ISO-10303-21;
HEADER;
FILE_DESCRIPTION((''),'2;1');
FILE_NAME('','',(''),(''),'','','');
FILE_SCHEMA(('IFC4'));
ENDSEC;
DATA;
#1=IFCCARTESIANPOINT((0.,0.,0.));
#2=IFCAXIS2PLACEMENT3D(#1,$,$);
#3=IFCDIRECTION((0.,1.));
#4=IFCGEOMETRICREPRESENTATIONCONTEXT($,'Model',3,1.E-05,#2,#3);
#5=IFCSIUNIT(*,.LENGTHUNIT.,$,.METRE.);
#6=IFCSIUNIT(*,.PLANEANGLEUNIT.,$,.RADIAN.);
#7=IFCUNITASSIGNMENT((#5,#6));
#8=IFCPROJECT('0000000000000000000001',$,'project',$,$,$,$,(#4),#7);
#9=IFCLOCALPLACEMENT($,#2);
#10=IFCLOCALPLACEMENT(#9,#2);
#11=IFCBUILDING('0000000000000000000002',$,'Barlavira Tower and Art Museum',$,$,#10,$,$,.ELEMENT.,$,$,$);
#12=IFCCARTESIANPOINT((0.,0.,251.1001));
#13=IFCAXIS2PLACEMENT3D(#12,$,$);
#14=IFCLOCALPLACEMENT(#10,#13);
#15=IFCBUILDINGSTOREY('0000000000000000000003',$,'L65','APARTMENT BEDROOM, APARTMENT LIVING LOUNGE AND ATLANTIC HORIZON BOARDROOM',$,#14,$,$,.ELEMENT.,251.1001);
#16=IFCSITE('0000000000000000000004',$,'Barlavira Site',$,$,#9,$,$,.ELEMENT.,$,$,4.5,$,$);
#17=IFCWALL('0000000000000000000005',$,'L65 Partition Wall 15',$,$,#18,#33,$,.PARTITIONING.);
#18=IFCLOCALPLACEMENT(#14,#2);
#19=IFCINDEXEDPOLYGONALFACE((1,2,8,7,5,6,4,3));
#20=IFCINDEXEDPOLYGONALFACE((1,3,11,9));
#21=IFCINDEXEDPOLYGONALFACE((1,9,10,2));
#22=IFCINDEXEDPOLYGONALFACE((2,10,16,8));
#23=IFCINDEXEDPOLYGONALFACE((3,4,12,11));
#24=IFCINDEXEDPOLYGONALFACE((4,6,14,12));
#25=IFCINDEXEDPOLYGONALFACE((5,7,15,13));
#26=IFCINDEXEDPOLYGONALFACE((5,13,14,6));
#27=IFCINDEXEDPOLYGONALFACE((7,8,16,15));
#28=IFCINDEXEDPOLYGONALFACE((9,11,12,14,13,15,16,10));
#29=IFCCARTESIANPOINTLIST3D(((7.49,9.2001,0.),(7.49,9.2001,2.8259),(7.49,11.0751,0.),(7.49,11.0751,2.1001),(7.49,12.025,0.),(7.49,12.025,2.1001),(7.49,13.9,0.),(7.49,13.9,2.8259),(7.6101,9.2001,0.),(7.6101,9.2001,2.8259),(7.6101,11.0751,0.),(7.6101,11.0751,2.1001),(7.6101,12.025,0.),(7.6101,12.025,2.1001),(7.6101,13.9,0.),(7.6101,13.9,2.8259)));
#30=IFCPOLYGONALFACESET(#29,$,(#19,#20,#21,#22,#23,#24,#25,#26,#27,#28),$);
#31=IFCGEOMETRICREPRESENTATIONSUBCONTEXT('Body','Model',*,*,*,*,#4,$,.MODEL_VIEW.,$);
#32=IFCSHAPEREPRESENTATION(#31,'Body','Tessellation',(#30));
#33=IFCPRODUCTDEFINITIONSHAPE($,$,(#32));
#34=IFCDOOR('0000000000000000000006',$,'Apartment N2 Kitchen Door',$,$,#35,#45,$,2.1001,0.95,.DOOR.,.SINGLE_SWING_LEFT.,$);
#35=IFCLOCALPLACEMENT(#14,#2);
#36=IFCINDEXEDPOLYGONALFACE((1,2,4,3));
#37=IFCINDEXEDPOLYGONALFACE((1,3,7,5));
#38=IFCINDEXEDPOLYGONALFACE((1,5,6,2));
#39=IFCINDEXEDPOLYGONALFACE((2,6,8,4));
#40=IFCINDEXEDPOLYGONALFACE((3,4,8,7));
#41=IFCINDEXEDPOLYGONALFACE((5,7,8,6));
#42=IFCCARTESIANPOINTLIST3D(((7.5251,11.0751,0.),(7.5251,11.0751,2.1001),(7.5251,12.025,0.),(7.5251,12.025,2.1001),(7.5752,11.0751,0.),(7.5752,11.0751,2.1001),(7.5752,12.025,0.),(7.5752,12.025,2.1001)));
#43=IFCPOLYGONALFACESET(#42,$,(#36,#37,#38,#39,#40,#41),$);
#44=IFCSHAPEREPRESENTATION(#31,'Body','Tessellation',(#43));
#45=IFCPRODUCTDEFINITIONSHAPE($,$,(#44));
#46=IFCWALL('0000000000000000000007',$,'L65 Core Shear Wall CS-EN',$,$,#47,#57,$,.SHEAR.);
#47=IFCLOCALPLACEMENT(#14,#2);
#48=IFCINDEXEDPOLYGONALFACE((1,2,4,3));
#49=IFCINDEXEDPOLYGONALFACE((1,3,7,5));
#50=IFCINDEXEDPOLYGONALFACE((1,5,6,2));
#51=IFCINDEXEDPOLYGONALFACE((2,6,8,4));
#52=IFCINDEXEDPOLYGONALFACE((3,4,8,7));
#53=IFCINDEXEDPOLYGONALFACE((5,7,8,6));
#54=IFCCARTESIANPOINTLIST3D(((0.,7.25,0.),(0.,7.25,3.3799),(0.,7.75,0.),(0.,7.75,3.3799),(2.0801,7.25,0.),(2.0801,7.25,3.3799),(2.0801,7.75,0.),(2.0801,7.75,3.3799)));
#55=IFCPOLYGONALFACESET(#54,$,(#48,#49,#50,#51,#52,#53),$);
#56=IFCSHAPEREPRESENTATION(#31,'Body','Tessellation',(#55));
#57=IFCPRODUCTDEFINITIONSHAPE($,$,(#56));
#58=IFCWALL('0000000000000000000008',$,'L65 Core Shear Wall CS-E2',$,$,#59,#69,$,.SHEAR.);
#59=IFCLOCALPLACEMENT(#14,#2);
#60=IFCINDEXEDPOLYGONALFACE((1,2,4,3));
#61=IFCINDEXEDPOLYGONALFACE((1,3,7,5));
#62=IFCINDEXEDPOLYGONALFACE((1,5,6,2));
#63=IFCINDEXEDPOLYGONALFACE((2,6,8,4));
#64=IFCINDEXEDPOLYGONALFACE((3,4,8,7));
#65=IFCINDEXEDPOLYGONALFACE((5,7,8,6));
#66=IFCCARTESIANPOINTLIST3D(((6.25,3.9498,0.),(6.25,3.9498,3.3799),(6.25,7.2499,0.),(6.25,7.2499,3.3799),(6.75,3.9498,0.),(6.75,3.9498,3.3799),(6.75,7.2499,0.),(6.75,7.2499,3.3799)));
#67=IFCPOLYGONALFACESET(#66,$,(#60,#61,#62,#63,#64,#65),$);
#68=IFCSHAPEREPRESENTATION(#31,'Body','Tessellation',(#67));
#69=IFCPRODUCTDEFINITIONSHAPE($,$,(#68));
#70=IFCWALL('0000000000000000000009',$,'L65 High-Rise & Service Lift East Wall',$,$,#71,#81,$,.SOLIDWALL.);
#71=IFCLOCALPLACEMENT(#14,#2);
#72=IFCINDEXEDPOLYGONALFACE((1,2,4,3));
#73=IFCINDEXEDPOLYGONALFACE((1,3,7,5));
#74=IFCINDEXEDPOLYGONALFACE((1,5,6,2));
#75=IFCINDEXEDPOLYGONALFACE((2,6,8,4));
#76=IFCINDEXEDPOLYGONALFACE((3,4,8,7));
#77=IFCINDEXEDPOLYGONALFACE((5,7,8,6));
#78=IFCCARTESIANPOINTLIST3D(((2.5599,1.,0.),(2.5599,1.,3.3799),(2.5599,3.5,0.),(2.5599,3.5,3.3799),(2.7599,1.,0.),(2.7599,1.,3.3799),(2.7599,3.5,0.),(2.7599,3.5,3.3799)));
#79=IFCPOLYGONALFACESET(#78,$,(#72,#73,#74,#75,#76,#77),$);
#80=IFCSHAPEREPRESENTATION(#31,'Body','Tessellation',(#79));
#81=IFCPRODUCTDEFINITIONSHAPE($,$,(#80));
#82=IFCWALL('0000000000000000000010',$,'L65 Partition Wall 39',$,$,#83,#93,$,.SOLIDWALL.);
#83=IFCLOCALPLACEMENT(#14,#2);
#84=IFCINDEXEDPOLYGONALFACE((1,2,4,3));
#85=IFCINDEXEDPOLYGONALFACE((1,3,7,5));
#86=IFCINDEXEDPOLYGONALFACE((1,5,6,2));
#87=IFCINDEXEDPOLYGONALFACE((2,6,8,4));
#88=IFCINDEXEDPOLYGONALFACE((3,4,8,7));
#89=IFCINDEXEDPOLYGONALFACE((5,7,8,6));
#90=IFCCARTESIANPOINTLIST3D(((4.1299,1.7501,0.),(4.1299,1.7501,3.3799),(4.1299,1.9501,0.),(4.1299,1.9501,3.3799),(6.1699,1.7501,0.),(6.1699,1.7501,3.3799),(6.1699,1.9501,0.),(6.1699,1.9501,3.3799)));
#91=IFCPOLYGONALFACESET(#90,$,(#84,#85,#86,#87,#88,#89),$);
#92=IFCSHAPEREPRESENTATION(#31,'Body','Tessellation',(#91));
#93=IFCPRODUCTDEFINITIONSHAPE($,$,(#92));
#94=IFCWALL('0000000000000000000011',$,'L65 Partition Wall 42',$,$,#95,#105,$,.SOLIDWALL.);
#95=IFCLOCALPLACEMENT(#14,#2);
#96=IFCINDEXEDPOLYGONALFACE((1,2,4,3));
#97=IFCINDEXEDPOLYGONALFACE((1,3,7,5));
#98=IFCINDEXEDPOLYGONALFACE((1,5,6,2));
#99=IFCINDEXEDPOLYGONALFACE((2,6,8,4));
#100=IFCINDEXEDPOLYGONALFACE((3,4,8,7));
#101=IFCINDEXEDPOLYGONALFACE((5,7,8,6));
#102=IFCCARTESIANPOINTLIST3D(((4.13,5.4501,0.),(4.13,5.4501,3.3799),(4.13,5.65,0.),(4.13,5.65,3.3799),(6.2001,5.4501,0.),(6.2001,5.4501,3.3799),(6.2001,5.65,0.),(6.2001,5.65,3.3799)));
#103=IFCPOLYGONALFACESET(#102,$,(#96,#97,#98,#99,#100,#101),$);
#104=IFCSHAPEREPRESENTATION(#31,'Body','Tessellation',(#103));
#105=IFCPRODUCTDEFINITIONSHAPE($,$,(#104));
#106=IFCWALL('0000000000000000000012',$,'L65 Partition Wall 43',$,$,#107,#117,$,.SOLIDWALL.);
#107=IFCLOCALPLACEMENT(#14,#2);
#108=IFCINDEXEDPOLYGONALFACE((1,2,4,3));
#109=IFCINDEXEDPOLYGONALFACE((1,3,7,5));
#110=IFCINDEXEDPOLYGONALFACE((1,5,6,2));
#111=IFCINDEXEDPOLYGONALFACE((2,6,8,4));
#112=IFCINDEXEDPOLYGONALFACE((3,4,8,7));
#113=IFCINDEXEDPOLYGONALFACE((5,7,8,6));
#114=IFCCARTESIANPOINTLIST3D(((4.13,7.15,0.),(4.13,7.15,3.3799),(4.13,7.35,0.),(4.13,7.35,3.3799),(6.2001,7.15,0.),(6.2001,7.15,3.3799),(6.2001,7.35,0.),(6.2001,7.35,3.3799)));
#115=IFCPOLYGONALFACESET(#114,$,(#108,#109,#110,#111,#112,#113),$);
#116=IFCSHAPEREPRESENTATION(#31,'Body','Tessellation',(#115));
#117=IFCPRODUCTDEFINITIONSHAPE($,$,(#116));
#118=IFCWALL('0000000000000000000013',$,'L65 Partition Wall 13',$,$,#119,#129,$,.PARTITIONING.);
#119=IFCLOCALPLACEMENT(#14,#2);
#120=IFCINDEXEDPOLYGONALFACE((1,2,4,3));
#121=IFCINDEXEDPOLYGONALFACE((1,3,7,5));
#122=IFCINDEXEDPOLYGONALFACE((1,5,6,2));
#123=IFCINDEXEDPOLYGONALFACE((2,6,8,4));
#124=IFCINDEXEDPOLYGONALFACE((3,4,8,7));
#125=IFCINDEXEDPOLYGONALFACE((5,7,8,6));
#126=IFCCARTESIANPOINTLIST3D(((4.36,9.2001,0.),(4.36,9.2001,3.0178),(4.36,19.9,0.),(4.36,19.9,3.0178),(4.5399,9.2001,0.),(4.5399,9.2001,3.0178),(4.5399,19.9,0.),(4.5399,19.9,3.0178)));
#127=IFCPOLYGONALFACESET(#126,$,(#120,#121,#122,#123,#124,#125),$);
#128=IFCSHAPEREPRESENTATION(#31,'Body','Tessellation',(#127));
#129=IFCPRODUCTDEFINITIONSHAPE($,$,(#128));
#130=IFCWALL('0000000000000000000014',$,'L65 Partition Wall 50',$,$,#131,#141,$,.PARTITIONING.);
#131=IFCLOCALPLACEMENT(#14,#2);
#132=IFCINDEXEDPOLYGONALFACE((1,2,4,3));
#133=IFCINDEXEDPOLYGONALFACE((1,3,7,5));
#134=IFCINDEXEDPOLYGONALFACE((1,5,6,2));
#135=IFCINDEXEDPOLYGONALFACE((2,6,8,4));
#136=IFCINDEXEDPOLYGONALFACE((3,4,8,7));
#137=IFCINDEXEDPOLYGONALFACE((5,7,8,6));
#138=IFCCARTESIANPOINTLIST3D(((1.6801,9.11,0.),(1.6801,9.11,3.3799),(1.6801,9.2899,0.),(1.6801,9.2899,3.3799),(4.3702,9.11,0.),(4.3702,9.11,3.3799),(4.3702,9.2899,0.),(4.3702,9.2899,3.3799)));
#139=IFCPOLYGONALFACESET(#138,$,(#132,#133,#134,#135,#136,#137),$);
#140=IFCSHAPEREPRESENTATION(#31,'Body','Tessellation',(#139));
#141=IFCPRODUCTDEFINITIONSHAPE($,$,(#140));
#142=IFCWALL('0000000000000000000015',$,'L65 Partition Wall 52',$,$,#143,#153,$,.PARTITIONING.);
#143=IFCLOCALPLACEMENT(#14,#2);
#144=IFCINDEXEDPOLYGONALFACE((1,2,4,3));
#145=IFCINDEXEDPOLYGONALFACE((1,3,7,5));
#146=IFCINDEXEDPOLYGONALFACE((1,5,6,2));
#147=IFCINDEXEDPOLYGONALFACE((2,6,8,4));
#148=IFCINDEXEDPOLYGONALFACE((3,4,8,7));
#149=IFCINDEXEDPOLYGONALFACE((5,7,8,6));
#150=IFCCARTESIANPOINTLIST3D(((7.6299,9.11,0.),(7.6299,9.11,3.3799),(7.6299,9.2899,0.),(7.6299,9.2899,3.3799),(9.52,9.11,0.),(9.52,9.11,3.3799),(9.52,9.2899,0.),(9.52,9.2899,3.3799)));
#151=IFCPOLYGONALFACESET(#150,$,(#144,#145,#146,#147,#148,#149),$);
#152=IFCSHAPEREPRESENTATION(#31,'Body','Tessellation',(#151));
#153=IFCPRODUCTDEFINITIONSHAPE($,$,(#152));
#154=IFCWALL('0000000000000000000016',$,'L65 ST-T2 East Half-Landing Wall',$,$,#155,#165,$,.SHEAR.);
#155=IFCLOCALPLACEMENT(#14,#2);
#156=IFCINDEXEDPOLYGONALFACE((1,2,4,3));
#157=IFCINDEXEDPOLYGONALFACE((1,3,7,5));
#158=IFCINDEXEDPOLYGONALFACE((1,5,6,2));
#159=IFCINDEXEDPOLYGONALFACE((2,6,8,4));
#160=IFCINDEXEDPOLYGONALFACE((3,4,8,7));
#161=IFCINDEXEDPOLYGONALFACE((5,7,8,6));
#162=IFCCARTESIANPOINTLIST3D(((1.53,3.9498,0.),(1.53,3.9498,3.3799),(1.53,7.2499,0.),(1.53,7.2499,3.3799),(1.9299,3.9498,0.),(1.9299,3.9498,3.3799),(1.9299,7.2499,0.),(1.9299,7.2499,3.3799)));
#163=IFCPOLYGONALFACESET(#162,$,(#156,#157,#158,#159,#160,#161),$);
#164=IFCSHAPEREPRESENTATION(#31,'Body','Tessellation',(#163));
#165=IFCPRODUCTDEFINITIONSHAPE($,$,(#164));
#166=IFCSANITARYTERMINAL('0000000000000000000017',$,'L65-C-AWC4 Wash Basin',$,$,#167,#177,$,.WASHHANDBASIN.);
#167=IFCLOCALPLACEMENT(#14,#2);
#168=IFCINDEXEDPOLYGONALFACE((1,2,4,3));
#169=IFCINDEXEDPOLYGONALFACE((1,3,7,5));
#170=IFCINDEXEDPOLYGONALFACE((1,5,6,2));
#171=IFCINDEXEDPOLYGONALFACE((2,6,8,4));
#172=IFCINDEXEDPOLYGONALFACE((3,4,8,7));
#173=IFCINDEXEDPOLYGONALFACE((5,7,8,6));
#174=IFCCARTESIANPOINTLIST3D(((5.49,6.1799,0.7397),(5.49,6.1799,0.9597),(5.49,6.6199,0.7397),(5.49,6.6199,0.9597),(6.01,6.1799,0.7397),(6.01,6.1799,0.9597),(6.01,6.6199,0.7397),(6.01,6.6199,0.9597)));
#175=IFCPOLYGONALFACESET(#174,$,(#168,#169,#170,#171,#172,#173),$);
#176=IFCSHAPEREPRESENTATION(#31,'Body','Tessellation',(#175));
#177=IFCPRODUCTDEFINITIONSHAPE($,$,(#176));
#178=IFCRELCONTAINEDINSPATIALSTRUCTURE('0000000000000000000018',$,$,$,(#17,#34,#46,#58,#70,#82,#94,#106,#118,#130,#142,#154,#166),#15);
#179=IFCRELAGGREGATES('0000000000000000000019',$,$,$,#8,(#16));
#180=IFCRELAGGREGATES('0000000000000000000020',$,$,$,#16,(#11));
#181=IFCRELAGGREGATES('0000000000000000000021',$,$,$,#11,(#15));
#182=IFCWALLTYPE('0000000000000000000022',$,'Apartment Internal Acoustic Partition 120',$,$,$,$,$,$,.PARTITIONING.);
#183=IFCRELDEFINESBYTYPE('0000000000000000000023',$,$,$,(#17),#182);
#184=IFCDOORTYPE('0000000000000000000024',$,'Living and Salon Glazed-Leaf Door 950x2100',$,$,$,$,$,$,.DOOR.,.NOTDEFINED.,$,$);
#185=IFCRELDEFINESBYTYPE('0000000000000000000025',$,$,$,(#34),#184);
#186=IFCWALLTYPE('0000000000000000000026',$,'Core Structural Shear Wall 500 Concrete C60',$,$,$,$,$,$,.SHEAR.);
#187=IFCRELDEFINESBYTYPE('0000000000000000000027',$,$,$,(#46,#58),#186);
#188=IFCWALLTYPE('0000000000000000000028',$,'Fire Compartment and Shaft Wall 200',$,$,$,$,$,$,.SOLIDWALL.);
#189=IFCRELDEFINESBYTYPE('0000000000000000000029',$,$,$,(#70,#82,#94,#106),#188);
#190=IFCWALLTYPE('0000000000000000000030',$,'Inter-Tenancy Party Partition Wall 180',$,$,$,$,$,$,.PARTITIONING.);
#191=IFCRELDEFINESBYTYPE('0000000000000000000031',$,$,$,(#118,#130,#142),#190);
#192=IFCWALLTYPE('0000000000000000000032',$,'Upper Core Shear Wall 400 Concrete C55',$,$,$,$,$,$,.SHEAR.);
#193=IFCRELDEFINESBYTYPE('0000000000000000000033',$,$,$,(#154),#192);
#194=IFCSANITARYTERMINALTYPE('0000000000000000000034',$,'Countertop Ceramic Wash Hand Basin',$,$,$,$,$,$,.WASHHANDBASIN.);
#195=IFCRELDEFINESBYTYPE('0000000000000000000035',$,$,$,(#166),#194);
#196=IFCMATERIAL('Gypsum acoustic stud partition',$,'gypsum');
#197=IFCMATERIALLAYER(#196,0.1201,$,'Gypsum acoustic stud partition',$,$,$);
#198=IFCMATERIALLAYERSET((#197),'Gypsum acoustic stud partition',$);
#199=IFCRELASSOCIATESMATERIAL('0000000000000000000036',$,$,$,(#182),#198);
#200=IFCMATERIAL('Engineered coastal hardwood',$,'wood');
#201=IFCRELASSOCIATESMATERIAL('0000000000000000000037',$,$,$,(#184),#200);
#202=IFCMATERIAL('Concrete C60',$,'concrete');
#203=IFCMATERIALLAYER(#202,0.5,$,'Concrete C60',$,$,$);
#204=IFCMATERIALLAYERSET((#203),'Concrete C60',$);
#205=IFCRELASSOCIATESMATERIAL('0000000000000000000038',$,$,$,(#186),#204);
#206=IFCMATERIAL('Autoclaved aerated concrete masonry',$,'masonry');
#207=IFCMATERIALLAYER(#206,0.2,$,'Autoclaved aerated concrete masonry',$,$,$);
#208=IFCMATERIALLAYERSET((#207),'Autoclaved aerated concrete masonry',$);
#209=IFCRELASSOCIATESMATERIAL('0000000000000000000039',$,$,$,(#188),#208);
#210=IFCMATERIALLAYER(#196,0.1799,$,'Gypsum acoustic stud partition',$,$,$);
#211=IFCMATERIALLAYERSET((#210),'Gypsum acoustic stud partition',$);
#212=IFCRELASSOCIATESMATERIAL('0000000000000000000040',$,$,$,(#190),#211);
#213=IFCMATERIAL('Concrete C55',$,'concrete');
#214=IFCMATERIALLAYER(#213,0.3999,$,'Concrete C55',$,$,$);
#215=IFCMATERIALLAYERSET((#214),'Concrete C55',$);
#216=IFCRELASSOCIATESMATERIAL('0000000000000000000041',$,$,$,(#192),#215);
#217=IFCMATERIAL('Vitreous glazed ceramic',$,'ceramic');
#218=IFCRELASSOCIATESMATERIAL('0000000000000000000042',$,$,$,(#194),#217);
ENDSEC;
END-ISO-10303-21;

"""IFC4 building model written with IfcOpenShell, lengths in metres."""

from ifc_helpers import new_model, si_unit, direction, frame, frame_2d, origin, origin_2d, place, context, subcontext, project, spatial, rectangle, extrude, material, layer, layer_set, type_object, element, fill, save


model = new_model("IFC4")

# Units and contexts
model_context = context("Model", 3, precision=1e-05, world=origin(), true_north=direction((0.0, 1.0)))
body_context = subcontext(model_context, "Body", "Model", "MODEL_VIEW")
ifc_project = project(units=[si_unit("LENGTHUNIT", "METRE"), si_unit("PLANEANGLEUNIT", "RADIAN")], contexts=[model_context])

# Site, building, storey
site_placement = place(None, origin())
site = spatial("IfcSite", under=ifc_project, at=site_placement, Name="Barlavira Site", CompositionType="ELEMENT", RefElevation=4.5)
building_placement = place(site_placement, origin())
building = spatial("IfcBuilding", under=site, at=building_placement, Name="Barlavira Tower and Art Museum", CompositionType="ELEMENT")
storey_placement = place(building_placement, frame((0.0, 0.0, 251.1001)))
storey = spatial("IfcBuildingStorey", under=building, at=storey_placement, Name="L65", Description="APARTMENT BEDROOM, APARTMENT LIVING LOUNGE AND ATLANTIC HORIZON BOARDROOM", CompositionType="ELEMENT", Elevation=251.1001)

# Shared definitions
ifc_material_1 = material(Name="Gypsum acoustic stud partition", Category="gypsum")
ifc_layer_1 = layer(ifc_material_1, 0.1201, Name="Gypsum acoustic stud partition")
ifc_layer_set_1 = layer_set([ifc_layer_1], Name="Gypsum acoustic stud partition")
wall_type_1 = type_object("IfcWallType", Name="Apartment Internal Acoustic Partition 120", PredefinedType="PARTITIONING", material=ifc_layer_set_1)
ifc_material_2 = material(Name="Engineered coastal hardwood", Category="wood")
door_type_1 = type_object("IfcDoorType", Name="Living and Salon Glazed-Leaf Door 950x2100", OperationType="NOTDEFINED", PredefinedType="DOOR", material=ifc_material_2)

# Wall, opening, door
wall_1_placement = place(storey_placement, frame((7.55, 9.2, 0.0), z_axis=(0.0, 0.0, 1.0), x_axis=(0.0, 1.0, 0.0)))
wall_1 = element("IfcWall", 1, at=wall_1_placement, inside=storey, type_object=wall_type_1, Name="L65 Partition Wall 15", PredefinedType="PARTITIONING", context=body_context, shape_type="SweptSolid", body=[
    extrude(rectangle(XDim=4.7, YDim=0.1201, at=frame_2d((2.3501, 0.0))), origin(), (0.0, 0.0, 1.0), 2.8259),
])
opening_1_placement = place(wall_1_placement, frame((1.875, 0.0, 0.0)))
opening_1 = element("IfcOpeningElement", 2, at=opening_1_placement, cuts=wall_1, PredefinedType="OPENING", context=body_context, shape_type="SweptSolid", body=[
    extrude(rectangle(XDim=0.95, YDim=2.1001, at=frame_2d((0.4751, 1.05))), frame((0.0, 0.0701, 0.0), z_axis=(0.0, -1.0, 0.0), x_axis=(1.0, 0.0, 0.0)), (0.0, 0.0, 1.0), 0.1401),
])
door_1_placement = place(opening_1_placement, origin())
door_1 = element("IfcDoor", 3, at=door_1_placement, inside=storey, type_object=door_type_1, Name="Apartment N2 Kitchen Door", OperationType="SINGLE_SWING_LEFT", OverallHeight=2.1001, OverallWidth=0.95, PredefinedType="DOOR", context=body_context, shape_type="SweptSolid", body=[
    extrude(rectangle(XDim=0.95, YDim=2.1001, at=frame_2d((0.4751, 1.05))), frame((0.0, 0.0249, 0.0), z_axis=(0.0, -1.0, 0.0), x_axis=(1.0, 0.0, 0.0)), (0.0, 0.0, 1.0), 0.05),
])
fill(opening_1, door_1)

# Walls
ifc_material_3 = material(Name="Concrete C60", Category="concrete")
ifc_layer_2 = layer(ifc_material_3, 0.5, Name="Concrete C60")
ifc_layer_set_2 = layer_set([ifc_layer_2], Name="Concrete C60")
wall_type_2 = type_object("IfcWallType", Name="Core Structural Shear Wall 500 Concrete C60", PredefinedType="SHEAR", material=ifc_layer_set_2)
wall_2_placement = place(storey_placement, frame((0.0, 7.5, 0.0), z_axis=(0.0, 0.0, 1.0), x_axis=(1.0, 0.0, 0.0)))
element("IfcWall", 4, at=wall_2_placement, inside=storey, type_object=wall_type_2, Name="L65 Core Shear Wall CS-EN", PredefinedType="SHEAR", context=body_context, shape_type="SweptSolid", body=[
    extrude(rectangle(XDim=2.0801, YDim=0.5, at=frame_2d((1.04, 0.0))), origin(), (0.0, 0.0, 1.0), 3.3799),
])
wall_3_placement = place(storey_placement, frame((6.5, 3.95, 0.0), z_axis=(0.0, 0.0, 1.0), x_axis=(0.0, 1.0, 0.0)))
element("IfcWall", 5, at=wall_3_placement, inside=storey, type_object=wall_type_2, Name="L65 Core Shear Wall CS-E2", PredefinedType="SHEAR", context=body_context, shape_type="SweptSolid", body=[
    extrude(rectangle(XDim=3.3, YDim=0.5, at=frame_2d((1.6499, 0.0))), origin(), (0.0, 0.0, 1.0), 3.3799),
])
ifc_material_4 = material(Name="Autoclaved aerated concrete masonry", Category="masonry")
ifc_layer_3 = layer(ifc_material_4, 0.2, Name="Autoclaved aerated concrete masonry")
ifc_layer_set_3 = layer_set([ifc_layer_3], Name="Autoclaved aerated concrete masonry")
wall_type_3 = type_object("IfcWallType", Name="Fire Compartment and Shaft Wall 200", PredefinedType="SOLIDWALL", material=ifc_layer_set_3)
wall_4_placement = place(storey_placement, frame((2.6599, 1.0, 0.0), z_axis=(0.0, 0.0, 1.0), x_axis=(0.0, 1.0, 0.0)))
element("IfcWall", 6, at=wall_4_placement, inside=storey, type_object=wall_type_3, Name="L65 High-Rise & Service Lift East Wall", PredefinedType="SOLIDWALL", context=body_context, shape_type="SweptSolid", body=[
    extrude(rectangle(XDim=2.5, YDim=0.2, at=frame_2d((1.25, 0.0))), origin(), (0.0, 0.0, 1.0), 3.3799),
])

# Walls
wall_5_placement = place(storey_placement, frame((4.1299, 1.8501, 0.0), z_axis=(0.0, 0.0, 1.0), x_axis=(1.0, 0.0, 0.0)))
element("IfcWall", 7, at=wall_5_placement, inside=storey, type_object=wall_type_3, Name="L65 Partition Wall 39", PredefinedType="SOLIDWALL", context=body_context, shape_type="SweptSolid", body=[
    extrude(rectangle(XDim=2.04, YDim=0.2, at=frame_2d((1.02, 0.0))), origin(), (0.0, 0.0, 1.0), 3.3799),
])
for number, where, z_axis, x_axis, name in (
    (8, (4.1299, 5.55, 0.0), (0.0, 0.0, 1.0), (1.0, 0.0, 0.0), "L65 Partition Wall 42"),
    (9, (4.1299, 7.25, 0.0), (0.0, 0.0, 1.0), (1.0, 0.0, 0.0), "L65 Partition Wall 43"),
):
    element("IfcWall", number, at=place(storey_placement, frame(where, z_axis=z_axis, x_axis=x_axis)), inside=storey, type_object=wall_type_3, Name=name, PredefinedType="SOLIDWALL", context=body_context, shape_type="SweptSolid", body=[
        extrude(rectangle(XDim=2.0701, YDim=0.2, at=frame_2d((1.0352, 0.0))), origin(), (0.0, 0.0, 1.0), 3.3799),
    ])
ifc_layer_4 = layer(ifc_material_1, 0.1799, Name="Gypsum acoustic stud partition")
ifc_layer_set_4 = layer_set([ifc_layer_4], Name="Gypsum acoustic stud partition")
wall_type_4 = type_object("IfcWallType", Name="Inter-Tenancy Party Partition Wall 180", PredefinedType="PARTITIONING", material=ifc_layer_set_4)
wall_6_placement = place(storey_placement, frame((4.45, 9.2, 0.0), z_axis=(0.0, 0.0, 1.0), x_axis=(0.0, 1.0, 0.0)))
element("IfcWall", 10, at=wall_6_placement, inside=storey, type_object=wall_type_4, Name="L65 Partition Wall 13", PredefinedType="PARTITIONING", context=body_context, shape_type="SweptSolid", body=[
    extrude(rectangle(XDim=10.7, YDim=0.1799, at=frame_2d((5.3501, 0.0))), origin(), (0.0, 0.0, 1.0), 3.0178),
])
wall_7_placement = place(storey_placement, frame((1.6799, 9.2, 0.0), z_axis=(0.0, 0.0, 1.0), x_axis=(1.0, 0.0, 0.0)))
element("IfcWall", 11, at=wall_7_placement, inside=storey, type_object=wall_type_4, Name="L65 Partition Wall 50", PredefinedType="PARTITIONING", context=body_context, shape_type="SweptSolid", body=[
    extrude(rectangle(XDim=2.6902, YDim=0.1799, at=frame_2d((1.3452, 0.0))), origin(), (0.0, 0.0, 1.0), 3.3799),
])

# Walls
wall_8_placement = place(storey_placement, frame((7.6299, 9.2, 0.0), z_axis=(0.0, 0.0, 1.0), x_axis=(1.0, 0.0, 0.0)))
element("IfcWall", 12, at=wall_8_placement, inside=storey, type_object=wall_type_4, Name="L65 Partition Wall 52", PredefinedType="PARTITIONING", context=body_context, shape_type="SweptSolid", body=[
    extrude(rectangle(XDim=1.8901, YDim=0.1799, at=frame_2d((0.9451, 0.0))), origin(), (0.0, 0.0, 1.0), 3.3799),
])
ifc_material_5 = material(Name="Concrete C55", Category="concrete")
ifc_layer_5 = layer(ifc_material_5, 0.3999, Name="Concrete C55")
ifc_layer_set_5 = layer_set([ifc_layer_5], Name="Concrete C55")
wall_type_5 = type_object("IfcWallType", Name="Upper Core Shear Wall 400 Concrete C55", PredefinedType="SHEAR", material=ifc_layer_set_5)
wall_9_placement = place(storey_placement, frame((1.73, 3.95, 0.0), z_axis=(0.0, 0.0, 1.0), x_axis=(0.0, 1.0, 0.0)))
element("IfcWall", 13, at=wall_9_placement, inside=storey, type_object=wall_type_5, Name="L65 ST-T2 East Half-Landing Wall", PredefinedType="SHEAR", context=body_context, shape_type="SweptSolid", body=[
    extrude(rectangle(XDim=3.3, YDim=0.3999, at=frame_2d((1.6499, 0.0))), origin(), (0.0, 0.0, 1.0), 3.3799),
])

# Sanitary terminal
ifc_material_6 = material(Name="Vitreous glazed ceramic", Category="ceramic")
sanitary_terminal_type_1 = type_object("IfcSanitaryTerminalType", Name="Countertop Ceramic Wash Hand Basin", PredefinedType="WASHHANDBASIN", material=ifc_material_6)
sanitary_terminal_1_placement = place(storey_placement, frame((5.75, 6.3999, 0.7397), z_axis=(0.0, 0.0, 1.0), x_axis=(1.0, 0.0, 0.0)))
element("IfcSanitaryTerminal", 14, at=sanitary_terminal_1_placement, inside=storey, type_object=sanitary_terminal_type_1, Name="L65-C-AWC4 Wash Basin", PredefinedType="WASHHANDBASIN", context=body_context, shape_type="SweptSolid", body=[
    extrude(rectangle(XDim=0.52, YDim=0.4399, at=origin_2d()), origin(), (0.0, 0.0, 1.0), 0.22),
])

save(model, "model.ifc")
